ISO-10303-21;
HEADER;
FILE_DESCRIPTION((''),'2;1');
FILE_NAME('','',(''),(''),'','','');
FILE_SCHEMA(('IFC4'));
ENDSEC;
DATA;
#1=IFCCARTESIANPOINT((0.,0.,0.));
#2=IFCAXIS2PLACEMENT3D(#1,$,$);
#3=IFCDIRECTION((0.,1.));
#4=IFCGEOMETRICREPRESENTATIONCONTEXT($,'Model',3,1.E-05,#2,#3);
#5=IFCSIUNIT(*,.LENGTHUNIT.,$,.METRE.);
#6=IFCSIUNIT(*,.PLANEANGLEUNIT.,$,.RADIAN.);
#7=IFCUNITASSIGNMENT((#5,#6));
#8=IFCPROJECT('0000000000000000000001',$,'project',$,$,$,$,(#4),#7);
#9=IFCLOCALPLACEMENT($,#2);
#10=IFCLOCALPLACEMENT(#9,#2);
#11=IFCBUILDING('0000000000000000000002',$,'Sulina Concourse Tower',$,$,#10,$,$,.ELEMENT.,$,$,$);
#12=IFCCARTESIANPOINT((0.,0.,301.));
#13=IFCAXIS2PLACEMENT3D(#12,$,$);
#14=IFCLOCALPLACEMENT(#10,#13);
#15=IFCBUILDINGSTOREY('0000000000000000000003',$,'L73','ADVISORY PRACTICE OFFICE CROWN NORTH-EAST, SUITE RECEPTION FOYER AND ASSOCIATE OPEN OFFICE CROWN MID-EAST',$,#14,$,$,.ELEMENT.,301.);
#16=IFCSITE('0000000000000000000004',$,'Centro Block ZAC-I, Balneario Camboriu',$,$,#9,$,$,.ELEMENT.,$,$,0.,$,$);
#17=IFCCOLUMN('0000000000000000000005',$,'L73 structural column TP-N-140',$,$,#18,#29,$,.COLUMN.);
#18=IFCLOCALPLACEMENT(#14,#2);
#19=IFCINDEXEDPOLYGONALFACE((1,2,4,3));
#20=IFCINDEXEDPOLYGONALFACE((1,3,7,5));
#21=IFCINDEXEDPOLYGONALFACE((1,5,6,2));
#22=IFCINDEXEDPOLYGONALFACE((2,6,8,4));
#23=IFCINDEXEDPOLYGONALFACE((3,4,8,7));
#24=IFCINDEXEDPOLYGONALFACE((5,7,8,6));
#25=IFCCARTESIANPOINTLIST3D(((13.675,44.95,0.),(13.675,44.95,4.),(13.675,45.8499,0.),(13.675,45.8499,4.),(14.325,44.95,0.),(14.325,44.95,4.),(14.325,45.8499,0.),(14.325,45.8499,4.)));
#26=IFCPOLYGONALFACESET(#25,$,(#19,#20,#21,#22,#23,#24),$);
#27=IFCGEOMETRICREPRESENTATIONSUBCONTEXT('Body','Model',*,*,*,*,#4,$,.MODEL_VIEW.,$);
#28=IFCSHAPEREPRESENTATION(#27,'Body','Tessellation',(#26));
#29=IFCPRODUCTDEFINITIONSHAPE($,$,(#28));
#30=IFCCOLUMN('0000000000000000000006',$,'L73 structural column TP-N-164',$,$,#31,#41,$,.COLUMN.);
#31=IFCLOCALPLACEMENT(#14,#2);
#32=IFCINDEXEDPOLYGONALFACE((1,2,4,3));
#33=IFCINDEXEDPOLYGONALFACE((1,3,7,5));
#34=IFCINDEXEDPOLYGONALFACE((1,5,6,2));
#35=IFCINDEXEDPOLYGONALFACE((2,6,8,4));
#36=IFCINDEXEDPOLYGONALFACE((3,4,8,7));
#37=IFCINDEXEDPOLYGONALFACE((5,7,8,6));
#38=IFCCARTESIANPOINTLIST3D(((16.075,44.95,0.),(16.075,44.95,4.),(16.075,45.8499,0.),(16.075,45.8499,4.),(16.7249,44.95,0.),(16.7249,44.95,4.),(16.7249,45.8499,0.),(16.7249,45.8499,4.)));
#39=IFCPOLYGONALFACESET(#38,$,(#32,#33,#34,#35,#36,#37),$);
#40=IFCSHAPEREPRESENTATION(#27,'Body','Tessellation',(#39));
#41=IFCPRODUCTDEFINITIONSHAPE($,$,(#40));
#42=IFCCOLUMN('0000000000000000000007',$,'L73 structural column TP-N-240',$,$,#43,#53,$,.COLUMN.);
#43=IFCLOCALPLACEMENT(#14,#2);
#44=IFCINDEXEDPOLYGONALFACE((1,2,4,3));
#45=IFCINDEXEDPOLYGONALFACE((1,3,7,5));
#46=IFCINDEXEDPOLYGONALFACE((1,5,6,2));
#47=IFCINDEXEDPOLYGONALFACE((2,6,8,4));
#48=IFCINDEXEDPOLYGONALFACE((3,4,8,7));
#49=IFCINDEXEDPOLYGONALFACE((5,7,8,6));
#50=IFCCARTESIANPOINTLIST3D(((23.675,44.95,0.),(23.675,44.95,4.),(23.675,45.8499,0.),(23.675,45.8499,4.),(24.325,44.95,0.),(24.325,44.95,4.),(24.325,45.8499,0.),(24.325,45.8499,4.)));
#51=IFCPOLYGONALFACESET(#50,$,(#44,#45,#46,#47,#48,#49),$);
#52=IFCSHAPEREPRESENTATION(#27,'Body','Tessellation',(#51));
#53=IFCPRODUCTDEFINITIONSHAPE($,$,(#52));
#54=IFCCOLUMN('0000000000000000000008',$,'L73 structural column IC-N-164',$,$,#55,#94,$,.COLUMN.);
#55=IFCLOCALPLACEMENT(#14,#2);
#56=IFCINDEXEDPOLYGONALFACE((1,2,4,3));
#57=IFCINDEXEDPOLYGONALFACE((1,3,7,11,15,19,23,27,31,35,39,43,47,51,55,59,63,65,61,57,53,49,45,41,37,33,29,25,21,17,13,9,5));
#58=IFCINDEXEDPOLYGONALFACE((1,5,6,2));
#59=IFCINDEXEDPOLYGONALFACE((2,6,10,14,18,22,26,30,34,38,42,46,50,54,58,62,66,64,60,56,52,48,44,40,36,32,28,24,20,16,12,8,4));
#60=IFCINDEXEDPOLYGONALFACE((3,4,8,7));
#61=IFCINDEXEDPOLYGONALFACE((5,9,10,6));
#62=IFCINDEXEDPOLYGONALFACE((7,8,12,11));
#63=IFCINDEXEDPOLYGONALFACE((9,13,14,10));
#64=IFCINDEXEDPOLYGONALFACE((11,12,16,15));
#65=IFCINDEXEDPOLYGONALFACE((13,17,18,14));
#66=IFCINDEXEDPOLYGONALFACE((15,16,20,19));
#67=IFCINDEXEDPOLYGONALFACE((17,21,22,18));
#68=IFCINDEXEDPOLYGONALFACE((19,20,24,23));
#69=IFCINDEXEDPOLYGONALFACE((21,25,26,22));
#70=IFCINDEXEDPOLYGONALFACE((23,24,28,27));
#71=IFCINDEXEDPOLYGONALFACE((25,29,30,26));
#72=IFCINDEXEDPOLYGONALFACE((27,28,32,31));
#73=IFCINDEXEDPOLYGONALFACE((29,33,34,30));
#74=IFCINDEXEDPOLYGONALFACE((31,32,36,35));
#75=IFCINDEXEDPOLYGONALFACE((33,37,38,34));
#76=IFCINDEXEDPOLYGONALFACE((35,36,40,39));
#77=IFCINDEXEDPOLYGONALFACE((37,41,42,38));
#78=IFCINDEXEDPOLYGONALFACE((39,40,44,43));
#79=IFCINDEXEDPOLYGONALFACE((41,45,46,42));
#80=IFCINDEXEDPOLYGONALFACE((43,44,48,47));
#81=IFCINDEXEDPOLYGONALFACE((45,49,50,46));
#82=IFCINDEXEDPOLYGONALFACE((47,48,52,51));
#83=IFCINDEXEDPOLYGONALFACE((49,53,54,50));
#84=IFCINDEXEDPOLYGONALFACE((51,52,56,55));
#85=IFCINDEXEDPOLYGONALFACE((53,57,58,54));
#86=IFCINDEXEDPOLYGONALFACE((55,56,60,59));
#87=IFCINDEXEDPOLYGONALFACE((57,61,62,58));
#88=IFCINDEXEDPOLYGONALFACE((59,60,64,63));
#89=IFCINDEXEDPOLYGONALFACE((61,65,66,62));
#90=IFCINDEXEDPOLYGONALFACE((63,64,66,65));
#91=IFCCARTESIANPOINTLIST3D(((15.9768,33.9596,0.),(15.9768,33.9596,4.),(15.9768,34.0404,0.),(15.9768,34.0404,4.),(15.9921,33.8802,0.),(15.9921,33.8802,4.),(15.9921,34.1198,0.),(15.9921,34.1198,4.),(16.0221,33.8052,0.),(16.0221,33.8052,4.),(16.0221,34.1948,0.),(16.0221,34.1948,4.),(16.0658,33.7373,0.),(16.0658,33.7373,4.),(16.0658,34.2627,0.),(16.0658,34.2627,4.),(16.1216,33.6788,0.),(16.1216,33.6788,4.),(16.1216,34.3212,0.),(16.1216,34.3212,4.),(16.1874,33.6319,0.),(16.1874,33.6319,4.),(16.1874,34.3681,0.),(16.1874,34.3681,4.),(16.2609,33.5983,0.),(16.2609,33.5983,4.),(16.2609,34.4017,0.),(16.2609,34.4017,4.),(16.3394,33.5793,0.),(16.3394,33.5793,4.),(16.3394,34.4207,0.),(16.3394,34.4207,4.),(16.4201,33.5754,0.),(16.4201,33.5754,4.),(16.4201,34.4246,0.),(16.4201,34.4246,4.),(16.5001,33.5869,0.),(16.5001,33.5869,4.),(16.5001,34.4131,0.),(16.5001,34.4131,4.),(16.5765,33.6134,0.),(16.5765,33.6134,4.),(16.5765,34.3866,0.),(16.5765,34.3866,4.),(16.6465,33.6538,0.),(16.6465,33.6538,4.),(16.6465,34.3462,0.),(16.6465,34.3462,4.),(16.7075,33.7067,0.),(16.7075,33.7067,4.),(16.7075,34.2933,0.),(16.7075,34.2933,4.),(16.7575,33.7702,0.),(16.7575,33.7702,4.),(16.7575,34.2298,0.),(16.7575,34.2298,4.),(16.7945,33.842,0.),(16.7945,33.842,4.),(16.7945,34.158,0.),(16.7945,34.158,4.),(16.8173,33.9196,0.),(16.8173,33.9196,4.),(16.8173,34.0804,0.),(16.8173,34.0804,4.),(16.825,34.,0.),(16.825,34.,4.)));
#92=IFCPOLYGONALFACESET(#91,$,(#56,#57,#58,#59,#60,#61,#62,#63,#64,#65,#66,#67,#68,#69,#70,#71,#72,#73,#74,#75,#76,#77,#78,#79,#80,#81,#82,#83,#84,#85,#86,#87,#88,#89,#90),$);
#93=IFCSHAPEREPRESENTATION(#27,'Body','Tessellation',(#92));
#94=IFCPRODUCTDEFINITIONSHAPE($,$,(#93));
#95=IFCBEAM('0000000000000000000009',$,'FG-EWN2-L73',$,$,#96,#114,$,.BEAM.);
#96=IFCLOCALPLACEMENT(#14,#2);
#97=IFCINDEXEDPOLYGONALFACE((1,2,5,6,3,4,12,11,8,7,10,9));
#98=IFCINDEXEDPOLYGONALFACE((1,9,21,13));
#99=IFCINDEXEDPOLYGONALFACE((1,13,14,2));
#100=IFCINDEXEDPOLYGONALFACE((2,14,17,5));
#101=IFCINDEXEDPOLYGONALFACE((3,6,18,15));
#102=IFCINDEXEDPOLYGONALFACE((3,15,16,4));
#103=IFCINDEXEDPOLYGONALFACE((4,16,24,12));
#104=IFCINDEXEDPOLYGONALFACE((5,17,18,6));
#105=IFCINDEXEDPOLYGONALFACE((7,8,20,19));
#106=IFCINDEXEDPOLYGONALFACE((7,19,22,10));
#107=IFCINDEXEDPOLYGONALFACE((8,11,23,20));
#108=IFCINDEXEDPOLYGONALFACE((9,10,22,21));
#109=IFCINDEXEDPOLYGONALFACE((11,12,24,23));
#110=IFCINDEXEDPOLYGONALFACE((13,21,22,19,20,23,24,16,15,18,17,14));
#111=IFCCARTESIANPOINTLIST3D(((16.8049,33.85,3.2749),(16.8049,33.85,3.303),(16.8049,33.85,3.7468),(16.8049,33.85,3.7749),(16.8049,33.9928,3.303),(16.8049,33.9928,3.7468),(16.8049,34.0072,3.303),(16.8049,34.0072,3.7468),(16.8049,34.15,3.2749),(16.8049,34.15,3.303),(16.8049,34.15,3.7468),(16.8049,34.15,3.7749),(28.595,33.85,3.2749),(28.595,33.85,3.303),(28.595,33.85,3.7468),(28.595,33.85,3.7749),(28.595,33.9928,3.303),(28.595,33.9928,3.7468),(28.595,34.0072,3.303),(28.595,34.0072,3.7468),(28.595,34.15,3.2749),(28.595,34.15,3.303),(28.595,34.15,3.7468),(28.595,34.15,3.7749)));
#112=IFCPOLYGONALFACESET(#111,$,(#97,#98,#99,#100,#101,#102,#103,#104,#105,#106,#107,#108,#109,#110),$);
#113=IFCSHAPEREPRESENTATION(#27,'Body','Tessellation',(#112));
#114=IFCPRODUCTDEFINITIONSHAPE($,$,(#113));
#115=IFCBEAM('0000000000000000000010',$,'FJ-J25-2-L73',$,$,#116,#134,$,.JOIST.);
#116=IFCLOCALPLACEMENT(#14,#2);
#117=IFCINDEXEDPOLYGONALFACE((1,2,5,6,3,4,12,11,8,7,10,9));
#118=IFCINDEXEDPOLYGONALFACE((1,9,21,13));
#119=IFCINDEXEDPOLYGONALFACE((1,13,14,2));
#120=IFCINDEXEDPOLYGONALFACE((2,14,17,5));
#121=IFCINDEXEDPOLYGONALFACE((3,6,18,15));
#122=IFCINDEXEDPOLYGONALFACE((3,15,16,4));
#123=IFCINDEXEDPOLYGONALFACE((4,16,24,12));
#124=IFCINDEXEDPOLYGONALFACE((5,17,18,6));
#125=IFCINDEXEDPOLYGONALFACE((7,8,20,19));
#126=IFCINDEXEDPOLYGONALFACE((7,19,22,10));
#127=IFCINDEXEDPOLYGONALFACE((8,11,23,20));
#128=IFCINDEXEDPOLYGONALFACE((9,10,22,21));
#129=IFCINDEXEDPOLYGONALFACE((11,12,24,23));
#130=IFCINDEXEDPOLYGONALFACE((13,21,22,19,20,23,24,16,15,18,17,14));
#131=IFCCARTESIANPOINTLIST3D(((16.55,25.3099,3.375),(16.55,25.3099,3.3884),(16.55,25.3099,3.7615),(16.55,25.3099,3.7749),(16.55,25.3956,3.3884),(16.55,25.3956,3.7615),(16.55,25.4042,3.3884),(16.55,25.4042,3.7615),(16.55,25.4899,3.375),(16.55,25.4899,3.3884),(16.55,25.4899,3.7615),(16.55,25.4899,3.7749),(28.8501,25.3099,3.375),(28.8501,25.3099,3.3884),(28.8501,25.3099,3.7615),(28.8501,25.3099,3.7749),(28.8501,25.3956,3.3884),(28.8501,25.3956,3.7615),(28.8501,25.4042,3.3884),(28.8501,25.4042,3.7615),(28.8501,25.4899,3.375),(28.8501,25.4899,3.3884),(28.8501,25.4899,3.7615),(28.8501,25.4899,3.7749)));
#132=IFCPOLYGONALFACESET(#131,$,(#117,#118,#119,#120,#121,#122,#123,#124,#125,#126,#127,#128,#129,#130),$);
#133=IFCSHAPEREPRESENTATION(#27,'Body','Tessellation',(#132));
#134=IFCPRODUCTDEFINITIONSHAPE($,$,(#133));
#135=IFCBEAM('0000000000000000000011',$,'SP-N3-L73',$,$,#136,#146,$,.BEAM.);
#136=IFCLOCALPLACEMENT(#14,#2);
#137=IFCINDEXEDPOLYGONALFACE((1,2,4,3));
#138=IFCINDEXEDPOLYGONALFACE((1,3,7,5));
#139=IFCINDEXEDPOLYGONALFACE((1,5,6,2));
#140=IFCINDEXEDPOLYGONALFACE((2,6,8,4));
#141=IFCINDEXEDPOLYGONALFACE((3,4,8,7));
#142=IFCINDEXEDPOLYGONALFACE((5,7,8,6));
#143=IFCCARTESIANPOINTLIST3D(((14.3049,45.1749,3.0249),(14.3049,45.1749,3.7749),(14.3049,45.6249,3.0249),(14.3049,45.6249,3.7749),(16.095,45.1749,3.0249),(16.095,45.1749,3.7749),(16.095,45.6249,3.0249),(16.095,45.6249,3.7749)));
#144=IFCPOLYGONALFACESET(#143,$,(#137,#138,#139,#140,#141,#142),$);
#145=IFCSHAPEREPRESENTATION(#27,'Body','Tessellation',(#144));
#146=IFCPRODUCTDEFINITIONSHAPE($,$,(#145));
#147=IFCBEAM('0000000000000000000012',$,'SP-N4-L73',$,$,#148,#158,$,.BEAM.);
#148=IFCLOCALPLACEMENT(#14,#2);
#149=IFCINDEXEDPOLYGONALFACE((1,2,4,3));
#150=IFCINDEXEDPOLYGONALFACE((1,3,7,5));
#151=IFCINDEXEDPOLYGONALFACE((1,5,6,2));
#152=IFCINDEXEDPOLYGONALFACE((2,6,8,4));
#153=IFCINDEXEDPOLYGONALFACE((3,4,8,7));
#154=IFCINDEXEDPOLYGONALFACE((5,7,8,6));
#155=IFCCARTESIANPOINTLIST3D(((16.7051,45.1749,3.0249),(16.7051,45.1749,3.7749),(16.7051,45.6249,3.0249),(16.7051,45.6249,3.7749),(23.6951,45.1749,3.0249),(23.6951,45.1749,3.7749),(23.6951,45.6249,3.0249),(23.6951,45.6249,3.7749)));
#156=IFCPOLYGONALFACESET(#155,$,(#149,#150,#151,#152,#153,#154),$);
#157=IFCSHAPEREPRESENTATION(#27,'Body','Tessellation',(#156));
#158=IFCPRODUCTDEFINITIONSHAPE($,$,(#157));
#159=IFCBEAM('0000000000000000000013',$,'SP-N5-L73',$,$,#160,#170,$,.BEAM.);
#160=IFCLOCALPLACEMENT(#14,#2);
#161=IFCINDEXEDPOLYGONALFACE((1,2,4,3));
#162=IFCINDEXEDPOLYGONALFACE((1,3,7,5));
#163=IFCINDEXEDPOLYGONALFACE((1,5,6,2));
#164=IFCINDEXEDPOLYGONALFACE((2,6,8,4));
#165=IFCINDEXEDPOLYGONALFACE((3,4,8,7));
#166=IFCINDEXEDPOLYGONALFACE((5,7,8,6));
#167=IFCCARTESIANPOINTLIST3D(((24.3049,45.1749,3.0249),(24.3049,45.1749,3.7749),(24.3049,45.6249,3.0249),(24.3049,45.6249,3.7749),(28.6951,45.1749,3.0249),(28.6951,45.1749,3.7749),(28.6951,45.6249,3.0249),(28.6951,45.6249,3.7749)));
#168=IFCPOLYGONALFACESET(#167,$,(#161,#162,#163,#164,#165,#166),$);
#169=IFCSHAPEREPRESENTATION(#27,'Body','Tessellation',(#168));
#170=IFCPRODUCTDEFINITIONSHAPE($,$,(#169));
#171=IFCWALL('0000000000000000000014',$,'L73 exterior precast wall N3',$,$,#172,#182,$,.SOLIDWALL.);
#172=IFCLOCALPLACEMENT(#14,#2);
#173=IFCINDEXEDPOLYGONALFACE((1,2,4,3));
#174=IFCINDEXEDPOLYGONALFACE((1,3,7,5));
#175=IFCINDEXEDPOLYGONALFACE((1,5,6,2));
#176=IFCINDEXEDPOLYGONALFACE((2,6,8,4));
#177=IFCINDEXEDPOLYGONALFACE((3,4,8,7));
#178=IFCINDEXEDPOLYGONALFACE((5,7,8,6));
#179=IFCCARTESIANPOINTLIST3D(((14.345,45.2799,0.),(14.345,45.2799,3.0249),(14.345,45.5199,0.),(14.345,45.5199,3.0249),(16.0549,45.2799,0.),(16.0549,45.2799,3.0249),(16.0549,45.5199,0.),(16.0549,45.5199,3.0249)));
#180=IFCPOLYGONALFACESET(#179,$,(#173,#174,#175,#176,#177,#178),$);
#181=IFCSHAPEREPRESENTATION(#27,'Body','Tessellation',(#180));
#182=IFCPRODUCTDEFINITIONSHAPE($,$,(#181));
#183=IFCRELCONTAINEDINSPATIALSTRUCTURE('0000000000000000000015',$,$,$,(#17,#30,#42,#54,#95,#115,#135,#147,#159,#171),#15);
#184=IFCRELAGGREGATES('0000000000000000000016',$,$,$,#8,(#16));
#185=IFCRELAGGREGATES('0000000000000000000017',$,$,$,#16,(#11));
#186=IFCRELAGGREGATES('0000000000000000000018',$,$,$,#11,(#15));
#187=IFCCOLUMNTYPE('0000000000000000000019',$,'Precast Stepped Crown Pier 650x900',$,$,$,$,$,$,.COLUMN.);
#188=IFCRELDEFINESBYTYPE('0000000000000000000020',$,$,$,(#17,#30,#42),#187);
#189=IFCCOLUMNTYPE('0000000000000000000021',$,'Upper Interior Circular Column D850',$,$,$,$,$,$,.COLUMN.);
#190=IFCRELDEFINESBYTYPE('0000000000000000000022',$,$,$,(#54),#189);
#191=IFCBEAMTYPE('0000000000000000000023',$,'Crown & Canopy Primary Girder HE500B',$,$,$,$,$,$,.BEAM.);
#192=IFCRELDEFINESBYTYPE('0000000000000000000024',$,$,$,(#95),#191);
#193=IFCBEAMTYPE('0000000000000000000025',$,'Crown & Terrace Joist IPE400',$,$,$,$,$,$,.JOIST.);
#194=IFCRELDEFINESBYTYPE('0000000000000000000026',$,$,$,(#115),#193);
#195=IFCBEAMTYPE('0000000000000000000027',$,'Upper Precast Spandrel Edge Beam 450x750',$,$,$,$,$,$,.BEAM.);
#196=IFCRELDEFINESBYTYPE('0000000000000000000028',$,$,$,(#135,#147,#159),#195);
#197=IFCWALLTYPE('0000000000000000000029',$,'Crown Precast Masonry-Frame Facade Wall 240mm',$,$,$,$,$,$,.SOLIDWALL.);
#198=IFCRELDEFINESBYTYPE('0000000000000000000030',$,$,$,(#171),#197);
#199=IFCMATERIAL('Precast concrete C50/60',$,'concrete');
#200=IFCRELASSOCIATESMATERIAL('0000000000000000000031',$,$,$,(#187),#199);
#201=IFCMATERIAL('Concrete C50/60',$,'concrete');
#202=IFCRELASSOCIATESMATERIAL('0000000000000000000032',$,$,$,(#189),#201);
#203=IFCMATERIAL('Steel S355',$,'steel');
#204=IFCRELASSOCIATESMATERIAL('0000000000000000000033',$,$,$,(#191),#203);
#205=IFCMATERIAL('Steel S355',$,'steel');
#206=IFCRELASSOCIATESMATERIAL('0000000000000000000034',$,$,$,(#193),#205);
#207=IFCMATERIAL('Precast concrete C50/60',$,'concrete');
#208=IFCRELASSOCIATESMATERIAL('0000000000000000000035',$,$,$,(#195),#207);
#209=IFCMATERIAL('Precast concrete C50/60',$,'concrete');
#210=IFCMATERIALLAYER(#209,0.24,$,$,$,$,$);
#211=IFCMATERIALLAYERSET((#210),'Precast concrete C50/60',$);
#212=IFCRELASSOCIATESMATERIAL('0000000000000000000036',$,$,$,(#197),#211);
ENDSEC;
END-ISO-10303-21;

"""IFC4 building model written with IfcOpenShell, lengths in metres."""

from ifc_helpers import new_model, si_unit, direction, frame, frame_2d, origin, origin_2d, place, context, subcontext, project, spatial, rectangle, circle, i_section, extrude, material, layer, layer_set, material_profile, profile_set, type_object, element, save


model = new_model("IFC4")

# Units and contexts
model_context = context("Model", 3, precision=1e-05, world=origin(), true_north=direction((0.0, 1.0)))
body_context = subcontext(model_context, "Body", "Model", "MODEL_VIEW")
ifc_project = project(units=[si_unit("LENGTHUNIT", "METRE"), si_unit("PLANEANGLEUNIT", "RADIAN")], contexts=[model_context])

# Site, building, storey
site_placement = place(None, origin())
site = spatial("IfcSite", under=ifc_project, at=site_placement, Name="Centro Block ZAC-I, Balneario Camboriu", CompositionType="ELEMENT", RefElevation=0.0)
building_placement = place(site_placement, origin())
building = spatial("IfcBuilding", under=site, at=building_placement, Name="Sulina Concourse Tower", CompositionType="ELEMENT")
storey_placement = place(building_placement, frame((0.0, 0.0, 301.0)))
storey = spatial("IfcBuildingStorey", under=building, at=storey_placement, Name="L73", Description="ADVISORY PRACTICE OFFICE CROWN NORTH-EAST, SUITE RECEPTION FOYER AND ASSOCIATE OPEN OFFICE CROWN MID-EAST", CompositionType="ELEMENT", Elevation=301.0)

# Columns
ifc_material_1 = material(Name="Precast concrete C50/60", Category="concrete")
ifc_material_profile_1 = material_profile(ifc_material_1, rectangle(XDim=0.6499, YDim=0.8999, at=origin_2d()), Name="PC 650x900")
ifc_profile_set_1 = profile_set([ifc_material_profile_1], Name="Precast concrete C50/60")
column_type_1 = type_object("IfcColumnType", Name="Precast Stepped Crown Pier 650x900", PredefinedType="COLUMN", material=ifc_profile_set_1)
for number, where, z_axis, x_axis, name in (
    (1, (14.0, 45.3999, 0.0), (0.0, 0.0, 1.0), (1.0, 0.0, 0.0), "L73 structural column TP-N-140"),
    (2, (16.3999, 45.3999, 0.0), (0.0, 0.0, 1.0), (1.0, 0.0, 0.0), "L73 structural column TP-N-164"),
    (3, (24.0, 45.3999, 0.0), (0.0, 0.0, 1.0), (1.0, 0.0, 0.0), "L73 structural column TP-N-240"),
):
    element("IfcColumn", number, at=place(storey_placement, frame(where, z_axis=z_axis, x_axis=x_axis)), inside=storey, type_object=column_type_1, Name=name, PredefinedType="COLUMN", context=body_context, shape_type="SweptSolid", body=[
        extrude(rectangle(XDim=0.6499, YDim=0.8999, at=origin_2d()), origin(), (0.0, 0.0, 1.0), 4.0),
    ])
ifc_material_2 = material(Name="Concrete C50/60", Category="concrete")
ifc_material_profile_2 = material_profile(ifc_material_2, circle(Radius=0.425, at=origin_2d()), Name="RC D850")
ifc_profile_set_2 = profile_set([ifc_material_profile_2], Name="Concrete C50/60")
column_type_2 = type_object("IfcColumnType", Name="Upper Interior Circular Column D850", PredefinedType="COLUMN", material=ifc_profile_set_2)
column_placement = place(storey_placement, frame((16.3999, 34.0, 0.0), z_axis=(0.0, 0.0, 1.0), x_axis=(1.0, 0.0, 0.0)))
element("IfcColumn", 4, at=column_placement, inside=storey, type_object=column_type_2, Name="L73 structural column IC-N-164", PredefinedType="COLUMN", context=body_context, shape_type="SweptSolid", body=[
    extrude(circle(Radius=0.425, at=origin_2d()), origin(), (0.0, 0.0, 1.0), 4.0),
])

# Beams
ifc_material_3 = material(Name="Steel S355", Category="steel")
ifc_material_profile_3 = material_profile(ifc_material_3, i_section(OverallWidth=0.3, OverallDepth=0.5, WebThickness=0.0144, FlangeThickness=0.0281, at=origin_2d()), Name="HE 500 B")
ifc_profile_set_3 = profile_set([ifc_material_profile_3], Name="Steel S355")
beam_type_1 = type_object("IfcBeamType", Name="Crown & Canopy Primary Girder HE500B", PredefinedType="BEAM", material=ifc_profile_set_3)
beam_1_placement = place(storey_placement, frame((16.8049, 34.0, 3.5249), z_axis=(1.0, 0.0, 0.0), x_axis=(0.0, 1.0, 0.0)))
element("IfcBeam", 5, at=beam_1_placement, inside=storey, type_object=beam_type_1, Name="FG-EWN2-L73", PredefinedType="BEAM", context=body_context, shape_type="SweptSolid", body=[
    extrude(i_section(OverallWidth=0.3, OverallDepth=0.5, WebThickness=0.0144, FlangeThickness=0.0281, at=origin_2d()), origin(), (0.0, 0.0, 1.0), 11.79),
])
ifc_material_4 = material(Name="Steel S355", Category="steel")
ifc_material_profile_4 = material_profile(ifc_material_4, i_section(OverallWidth=0.1799, OverallDepth=0.3999, WebThickness=0.0085, FlangeThickness=0.0134, at=origin_2d()), Name="IPE 400")
ifc_profile_set_4 = profile_set([ifc_material_profile_4], Name="Steel S355")
beam_type_2 = type_object("IfcBeamType", Name="Crown & Terrace Joist IPE400", PredefinedType="JOIST", material=ifc_profile_set_4)
beam_2_placement = place(storey_placement, frame((16.55, 25.3999, 3.575), z_axis=(1.0, 0.0, 0.0), x_axis=(0.0, 1.0, 0.0)))
element("IfcBeam", 6, at=beam_2_placement, inside=storey, type_object=beam_type_2, Name="FJ-J25-2-L73", PredefinedType="JOIST", context=body_context, shape_type="SweptSolid", body=[
    extrude(i_section(OverallWidth=0.1799, OverallDepth=0.3999, WebThickness=0.0085, FlangeThickness=0.0134, at=origin_2d()), origin(), (0.0, 0.0, 1.0), 12.3),
])
ifc_material_5 = material(Name="Precast concrete C50/60", Category="concrete")
ifc_material_profile_5 = material_profile(ifc_material_5, rectangle(XDim=0.45, YDim=0.75, at=origin_2d()), Name="RC 450x750")
ifc_profile_set_5 = profile_set([ifc_material_profile_5], Name="Precast concrete C50/60")
beam_type_3 = type_object("IfcBeamType", Name="Upper Precast Spandrel Edge Beam 450x750", PredefinedType="BEAM", material=ifc_profile_set_5)
beam_3_placement = place(storey_placement, frame((14.3049, 45.3999, 3.3999), z_axis=(1.0, 0.0, 0.0), x_axis=(0.0, 1.0, 0.0)))
element("IfcBeam", 7, at=beam_3_placement, inside=storey, type_object=beam_type_3, Name="SP-N3-L73", PredefinedType="BEAM", context=body_context, shape_type="SweptSolid", body=[
    extrude(rectangle(XDim=0.45, YDim=0.75, at=origin_2d()), origin(), (0.0, 0.0, 1.0), 1.79),
])
beam_4_placement = place(storey_placement, frame((16.7051, 45.3999, 3.3999), z_axis=(1.0, 0.0, 0.0), x_axis=(0.0, 1.0, 0.0)))
element("IfcBeam", 8, at=beam_4_placement, inside=storey, type_object=beam_type_3, Name="SP-N4-L73", PredefinedType="BEAM", context=body_context, shape_type="SweptSolid", body=[
    extrude(rectangle(XDim=0.45, YDim=0.75, at=origin_2d()), origin(), (0.0, 0.0, 1.0), 6.99),
])
beam_5_placement = place(storey_placement, frame((24.3049, 45.3999, 3.3999), z_axis=(1.0, 0.0, 0.0), x_axis=(0.0, 1.0, 0.0)))
element("IfcBeam", 9, at=beam_5_placement, inside=storey, type_object=beam_type_3, Name="SP-N5-L73", PredefinedType="BEAM", context=body_context, shape_type="SweptSolid", body=[
    extrude(rectangle(XDim=0.45, YDim=0.75, at=origin_2d()), origin(), (0.0, 0.0, 1.0), 4.3901),
])

# Wall
ifc_material_6 = material(Name="Precast concrete C50/60", Category="concrete")
ifc_layer_1 = layer(ifc_material_6, 0.24)
ifc_layer_set_1 = layer_set([ifc_layer_1], Name="Precast concrete C50/60")
wall_type_1 = type_object("IfcWallType", Name="Crown Precast Masonry-Frame Facade Wall 240mm", PredefinedType="SOLIDWALL", material=ifc_layer_set_1)
wall_1_placement = place(storey_placement, frame((14.345, 45.3999, 0.0), z_axis=(0.0, 0.0, 1.0), x_axis=(1.0, 0.0, 0.0)))
element("IfcWall", 10, at=wall_1_placement, inside=storey, type_object=wall_type_1, Name="L73 exterior precast wall N3", PredefinedType="SOLIDWALL", context=body_context, shape_type="SweptSolid", body=[
    extrude(rectangle(XDim=1.71, YDim=0.24, at=frame_2d((0.855, 0.0))), origin(), (0.0, 0.0, 1.0), 3.0249),
])

save(model, "model.ifc")
